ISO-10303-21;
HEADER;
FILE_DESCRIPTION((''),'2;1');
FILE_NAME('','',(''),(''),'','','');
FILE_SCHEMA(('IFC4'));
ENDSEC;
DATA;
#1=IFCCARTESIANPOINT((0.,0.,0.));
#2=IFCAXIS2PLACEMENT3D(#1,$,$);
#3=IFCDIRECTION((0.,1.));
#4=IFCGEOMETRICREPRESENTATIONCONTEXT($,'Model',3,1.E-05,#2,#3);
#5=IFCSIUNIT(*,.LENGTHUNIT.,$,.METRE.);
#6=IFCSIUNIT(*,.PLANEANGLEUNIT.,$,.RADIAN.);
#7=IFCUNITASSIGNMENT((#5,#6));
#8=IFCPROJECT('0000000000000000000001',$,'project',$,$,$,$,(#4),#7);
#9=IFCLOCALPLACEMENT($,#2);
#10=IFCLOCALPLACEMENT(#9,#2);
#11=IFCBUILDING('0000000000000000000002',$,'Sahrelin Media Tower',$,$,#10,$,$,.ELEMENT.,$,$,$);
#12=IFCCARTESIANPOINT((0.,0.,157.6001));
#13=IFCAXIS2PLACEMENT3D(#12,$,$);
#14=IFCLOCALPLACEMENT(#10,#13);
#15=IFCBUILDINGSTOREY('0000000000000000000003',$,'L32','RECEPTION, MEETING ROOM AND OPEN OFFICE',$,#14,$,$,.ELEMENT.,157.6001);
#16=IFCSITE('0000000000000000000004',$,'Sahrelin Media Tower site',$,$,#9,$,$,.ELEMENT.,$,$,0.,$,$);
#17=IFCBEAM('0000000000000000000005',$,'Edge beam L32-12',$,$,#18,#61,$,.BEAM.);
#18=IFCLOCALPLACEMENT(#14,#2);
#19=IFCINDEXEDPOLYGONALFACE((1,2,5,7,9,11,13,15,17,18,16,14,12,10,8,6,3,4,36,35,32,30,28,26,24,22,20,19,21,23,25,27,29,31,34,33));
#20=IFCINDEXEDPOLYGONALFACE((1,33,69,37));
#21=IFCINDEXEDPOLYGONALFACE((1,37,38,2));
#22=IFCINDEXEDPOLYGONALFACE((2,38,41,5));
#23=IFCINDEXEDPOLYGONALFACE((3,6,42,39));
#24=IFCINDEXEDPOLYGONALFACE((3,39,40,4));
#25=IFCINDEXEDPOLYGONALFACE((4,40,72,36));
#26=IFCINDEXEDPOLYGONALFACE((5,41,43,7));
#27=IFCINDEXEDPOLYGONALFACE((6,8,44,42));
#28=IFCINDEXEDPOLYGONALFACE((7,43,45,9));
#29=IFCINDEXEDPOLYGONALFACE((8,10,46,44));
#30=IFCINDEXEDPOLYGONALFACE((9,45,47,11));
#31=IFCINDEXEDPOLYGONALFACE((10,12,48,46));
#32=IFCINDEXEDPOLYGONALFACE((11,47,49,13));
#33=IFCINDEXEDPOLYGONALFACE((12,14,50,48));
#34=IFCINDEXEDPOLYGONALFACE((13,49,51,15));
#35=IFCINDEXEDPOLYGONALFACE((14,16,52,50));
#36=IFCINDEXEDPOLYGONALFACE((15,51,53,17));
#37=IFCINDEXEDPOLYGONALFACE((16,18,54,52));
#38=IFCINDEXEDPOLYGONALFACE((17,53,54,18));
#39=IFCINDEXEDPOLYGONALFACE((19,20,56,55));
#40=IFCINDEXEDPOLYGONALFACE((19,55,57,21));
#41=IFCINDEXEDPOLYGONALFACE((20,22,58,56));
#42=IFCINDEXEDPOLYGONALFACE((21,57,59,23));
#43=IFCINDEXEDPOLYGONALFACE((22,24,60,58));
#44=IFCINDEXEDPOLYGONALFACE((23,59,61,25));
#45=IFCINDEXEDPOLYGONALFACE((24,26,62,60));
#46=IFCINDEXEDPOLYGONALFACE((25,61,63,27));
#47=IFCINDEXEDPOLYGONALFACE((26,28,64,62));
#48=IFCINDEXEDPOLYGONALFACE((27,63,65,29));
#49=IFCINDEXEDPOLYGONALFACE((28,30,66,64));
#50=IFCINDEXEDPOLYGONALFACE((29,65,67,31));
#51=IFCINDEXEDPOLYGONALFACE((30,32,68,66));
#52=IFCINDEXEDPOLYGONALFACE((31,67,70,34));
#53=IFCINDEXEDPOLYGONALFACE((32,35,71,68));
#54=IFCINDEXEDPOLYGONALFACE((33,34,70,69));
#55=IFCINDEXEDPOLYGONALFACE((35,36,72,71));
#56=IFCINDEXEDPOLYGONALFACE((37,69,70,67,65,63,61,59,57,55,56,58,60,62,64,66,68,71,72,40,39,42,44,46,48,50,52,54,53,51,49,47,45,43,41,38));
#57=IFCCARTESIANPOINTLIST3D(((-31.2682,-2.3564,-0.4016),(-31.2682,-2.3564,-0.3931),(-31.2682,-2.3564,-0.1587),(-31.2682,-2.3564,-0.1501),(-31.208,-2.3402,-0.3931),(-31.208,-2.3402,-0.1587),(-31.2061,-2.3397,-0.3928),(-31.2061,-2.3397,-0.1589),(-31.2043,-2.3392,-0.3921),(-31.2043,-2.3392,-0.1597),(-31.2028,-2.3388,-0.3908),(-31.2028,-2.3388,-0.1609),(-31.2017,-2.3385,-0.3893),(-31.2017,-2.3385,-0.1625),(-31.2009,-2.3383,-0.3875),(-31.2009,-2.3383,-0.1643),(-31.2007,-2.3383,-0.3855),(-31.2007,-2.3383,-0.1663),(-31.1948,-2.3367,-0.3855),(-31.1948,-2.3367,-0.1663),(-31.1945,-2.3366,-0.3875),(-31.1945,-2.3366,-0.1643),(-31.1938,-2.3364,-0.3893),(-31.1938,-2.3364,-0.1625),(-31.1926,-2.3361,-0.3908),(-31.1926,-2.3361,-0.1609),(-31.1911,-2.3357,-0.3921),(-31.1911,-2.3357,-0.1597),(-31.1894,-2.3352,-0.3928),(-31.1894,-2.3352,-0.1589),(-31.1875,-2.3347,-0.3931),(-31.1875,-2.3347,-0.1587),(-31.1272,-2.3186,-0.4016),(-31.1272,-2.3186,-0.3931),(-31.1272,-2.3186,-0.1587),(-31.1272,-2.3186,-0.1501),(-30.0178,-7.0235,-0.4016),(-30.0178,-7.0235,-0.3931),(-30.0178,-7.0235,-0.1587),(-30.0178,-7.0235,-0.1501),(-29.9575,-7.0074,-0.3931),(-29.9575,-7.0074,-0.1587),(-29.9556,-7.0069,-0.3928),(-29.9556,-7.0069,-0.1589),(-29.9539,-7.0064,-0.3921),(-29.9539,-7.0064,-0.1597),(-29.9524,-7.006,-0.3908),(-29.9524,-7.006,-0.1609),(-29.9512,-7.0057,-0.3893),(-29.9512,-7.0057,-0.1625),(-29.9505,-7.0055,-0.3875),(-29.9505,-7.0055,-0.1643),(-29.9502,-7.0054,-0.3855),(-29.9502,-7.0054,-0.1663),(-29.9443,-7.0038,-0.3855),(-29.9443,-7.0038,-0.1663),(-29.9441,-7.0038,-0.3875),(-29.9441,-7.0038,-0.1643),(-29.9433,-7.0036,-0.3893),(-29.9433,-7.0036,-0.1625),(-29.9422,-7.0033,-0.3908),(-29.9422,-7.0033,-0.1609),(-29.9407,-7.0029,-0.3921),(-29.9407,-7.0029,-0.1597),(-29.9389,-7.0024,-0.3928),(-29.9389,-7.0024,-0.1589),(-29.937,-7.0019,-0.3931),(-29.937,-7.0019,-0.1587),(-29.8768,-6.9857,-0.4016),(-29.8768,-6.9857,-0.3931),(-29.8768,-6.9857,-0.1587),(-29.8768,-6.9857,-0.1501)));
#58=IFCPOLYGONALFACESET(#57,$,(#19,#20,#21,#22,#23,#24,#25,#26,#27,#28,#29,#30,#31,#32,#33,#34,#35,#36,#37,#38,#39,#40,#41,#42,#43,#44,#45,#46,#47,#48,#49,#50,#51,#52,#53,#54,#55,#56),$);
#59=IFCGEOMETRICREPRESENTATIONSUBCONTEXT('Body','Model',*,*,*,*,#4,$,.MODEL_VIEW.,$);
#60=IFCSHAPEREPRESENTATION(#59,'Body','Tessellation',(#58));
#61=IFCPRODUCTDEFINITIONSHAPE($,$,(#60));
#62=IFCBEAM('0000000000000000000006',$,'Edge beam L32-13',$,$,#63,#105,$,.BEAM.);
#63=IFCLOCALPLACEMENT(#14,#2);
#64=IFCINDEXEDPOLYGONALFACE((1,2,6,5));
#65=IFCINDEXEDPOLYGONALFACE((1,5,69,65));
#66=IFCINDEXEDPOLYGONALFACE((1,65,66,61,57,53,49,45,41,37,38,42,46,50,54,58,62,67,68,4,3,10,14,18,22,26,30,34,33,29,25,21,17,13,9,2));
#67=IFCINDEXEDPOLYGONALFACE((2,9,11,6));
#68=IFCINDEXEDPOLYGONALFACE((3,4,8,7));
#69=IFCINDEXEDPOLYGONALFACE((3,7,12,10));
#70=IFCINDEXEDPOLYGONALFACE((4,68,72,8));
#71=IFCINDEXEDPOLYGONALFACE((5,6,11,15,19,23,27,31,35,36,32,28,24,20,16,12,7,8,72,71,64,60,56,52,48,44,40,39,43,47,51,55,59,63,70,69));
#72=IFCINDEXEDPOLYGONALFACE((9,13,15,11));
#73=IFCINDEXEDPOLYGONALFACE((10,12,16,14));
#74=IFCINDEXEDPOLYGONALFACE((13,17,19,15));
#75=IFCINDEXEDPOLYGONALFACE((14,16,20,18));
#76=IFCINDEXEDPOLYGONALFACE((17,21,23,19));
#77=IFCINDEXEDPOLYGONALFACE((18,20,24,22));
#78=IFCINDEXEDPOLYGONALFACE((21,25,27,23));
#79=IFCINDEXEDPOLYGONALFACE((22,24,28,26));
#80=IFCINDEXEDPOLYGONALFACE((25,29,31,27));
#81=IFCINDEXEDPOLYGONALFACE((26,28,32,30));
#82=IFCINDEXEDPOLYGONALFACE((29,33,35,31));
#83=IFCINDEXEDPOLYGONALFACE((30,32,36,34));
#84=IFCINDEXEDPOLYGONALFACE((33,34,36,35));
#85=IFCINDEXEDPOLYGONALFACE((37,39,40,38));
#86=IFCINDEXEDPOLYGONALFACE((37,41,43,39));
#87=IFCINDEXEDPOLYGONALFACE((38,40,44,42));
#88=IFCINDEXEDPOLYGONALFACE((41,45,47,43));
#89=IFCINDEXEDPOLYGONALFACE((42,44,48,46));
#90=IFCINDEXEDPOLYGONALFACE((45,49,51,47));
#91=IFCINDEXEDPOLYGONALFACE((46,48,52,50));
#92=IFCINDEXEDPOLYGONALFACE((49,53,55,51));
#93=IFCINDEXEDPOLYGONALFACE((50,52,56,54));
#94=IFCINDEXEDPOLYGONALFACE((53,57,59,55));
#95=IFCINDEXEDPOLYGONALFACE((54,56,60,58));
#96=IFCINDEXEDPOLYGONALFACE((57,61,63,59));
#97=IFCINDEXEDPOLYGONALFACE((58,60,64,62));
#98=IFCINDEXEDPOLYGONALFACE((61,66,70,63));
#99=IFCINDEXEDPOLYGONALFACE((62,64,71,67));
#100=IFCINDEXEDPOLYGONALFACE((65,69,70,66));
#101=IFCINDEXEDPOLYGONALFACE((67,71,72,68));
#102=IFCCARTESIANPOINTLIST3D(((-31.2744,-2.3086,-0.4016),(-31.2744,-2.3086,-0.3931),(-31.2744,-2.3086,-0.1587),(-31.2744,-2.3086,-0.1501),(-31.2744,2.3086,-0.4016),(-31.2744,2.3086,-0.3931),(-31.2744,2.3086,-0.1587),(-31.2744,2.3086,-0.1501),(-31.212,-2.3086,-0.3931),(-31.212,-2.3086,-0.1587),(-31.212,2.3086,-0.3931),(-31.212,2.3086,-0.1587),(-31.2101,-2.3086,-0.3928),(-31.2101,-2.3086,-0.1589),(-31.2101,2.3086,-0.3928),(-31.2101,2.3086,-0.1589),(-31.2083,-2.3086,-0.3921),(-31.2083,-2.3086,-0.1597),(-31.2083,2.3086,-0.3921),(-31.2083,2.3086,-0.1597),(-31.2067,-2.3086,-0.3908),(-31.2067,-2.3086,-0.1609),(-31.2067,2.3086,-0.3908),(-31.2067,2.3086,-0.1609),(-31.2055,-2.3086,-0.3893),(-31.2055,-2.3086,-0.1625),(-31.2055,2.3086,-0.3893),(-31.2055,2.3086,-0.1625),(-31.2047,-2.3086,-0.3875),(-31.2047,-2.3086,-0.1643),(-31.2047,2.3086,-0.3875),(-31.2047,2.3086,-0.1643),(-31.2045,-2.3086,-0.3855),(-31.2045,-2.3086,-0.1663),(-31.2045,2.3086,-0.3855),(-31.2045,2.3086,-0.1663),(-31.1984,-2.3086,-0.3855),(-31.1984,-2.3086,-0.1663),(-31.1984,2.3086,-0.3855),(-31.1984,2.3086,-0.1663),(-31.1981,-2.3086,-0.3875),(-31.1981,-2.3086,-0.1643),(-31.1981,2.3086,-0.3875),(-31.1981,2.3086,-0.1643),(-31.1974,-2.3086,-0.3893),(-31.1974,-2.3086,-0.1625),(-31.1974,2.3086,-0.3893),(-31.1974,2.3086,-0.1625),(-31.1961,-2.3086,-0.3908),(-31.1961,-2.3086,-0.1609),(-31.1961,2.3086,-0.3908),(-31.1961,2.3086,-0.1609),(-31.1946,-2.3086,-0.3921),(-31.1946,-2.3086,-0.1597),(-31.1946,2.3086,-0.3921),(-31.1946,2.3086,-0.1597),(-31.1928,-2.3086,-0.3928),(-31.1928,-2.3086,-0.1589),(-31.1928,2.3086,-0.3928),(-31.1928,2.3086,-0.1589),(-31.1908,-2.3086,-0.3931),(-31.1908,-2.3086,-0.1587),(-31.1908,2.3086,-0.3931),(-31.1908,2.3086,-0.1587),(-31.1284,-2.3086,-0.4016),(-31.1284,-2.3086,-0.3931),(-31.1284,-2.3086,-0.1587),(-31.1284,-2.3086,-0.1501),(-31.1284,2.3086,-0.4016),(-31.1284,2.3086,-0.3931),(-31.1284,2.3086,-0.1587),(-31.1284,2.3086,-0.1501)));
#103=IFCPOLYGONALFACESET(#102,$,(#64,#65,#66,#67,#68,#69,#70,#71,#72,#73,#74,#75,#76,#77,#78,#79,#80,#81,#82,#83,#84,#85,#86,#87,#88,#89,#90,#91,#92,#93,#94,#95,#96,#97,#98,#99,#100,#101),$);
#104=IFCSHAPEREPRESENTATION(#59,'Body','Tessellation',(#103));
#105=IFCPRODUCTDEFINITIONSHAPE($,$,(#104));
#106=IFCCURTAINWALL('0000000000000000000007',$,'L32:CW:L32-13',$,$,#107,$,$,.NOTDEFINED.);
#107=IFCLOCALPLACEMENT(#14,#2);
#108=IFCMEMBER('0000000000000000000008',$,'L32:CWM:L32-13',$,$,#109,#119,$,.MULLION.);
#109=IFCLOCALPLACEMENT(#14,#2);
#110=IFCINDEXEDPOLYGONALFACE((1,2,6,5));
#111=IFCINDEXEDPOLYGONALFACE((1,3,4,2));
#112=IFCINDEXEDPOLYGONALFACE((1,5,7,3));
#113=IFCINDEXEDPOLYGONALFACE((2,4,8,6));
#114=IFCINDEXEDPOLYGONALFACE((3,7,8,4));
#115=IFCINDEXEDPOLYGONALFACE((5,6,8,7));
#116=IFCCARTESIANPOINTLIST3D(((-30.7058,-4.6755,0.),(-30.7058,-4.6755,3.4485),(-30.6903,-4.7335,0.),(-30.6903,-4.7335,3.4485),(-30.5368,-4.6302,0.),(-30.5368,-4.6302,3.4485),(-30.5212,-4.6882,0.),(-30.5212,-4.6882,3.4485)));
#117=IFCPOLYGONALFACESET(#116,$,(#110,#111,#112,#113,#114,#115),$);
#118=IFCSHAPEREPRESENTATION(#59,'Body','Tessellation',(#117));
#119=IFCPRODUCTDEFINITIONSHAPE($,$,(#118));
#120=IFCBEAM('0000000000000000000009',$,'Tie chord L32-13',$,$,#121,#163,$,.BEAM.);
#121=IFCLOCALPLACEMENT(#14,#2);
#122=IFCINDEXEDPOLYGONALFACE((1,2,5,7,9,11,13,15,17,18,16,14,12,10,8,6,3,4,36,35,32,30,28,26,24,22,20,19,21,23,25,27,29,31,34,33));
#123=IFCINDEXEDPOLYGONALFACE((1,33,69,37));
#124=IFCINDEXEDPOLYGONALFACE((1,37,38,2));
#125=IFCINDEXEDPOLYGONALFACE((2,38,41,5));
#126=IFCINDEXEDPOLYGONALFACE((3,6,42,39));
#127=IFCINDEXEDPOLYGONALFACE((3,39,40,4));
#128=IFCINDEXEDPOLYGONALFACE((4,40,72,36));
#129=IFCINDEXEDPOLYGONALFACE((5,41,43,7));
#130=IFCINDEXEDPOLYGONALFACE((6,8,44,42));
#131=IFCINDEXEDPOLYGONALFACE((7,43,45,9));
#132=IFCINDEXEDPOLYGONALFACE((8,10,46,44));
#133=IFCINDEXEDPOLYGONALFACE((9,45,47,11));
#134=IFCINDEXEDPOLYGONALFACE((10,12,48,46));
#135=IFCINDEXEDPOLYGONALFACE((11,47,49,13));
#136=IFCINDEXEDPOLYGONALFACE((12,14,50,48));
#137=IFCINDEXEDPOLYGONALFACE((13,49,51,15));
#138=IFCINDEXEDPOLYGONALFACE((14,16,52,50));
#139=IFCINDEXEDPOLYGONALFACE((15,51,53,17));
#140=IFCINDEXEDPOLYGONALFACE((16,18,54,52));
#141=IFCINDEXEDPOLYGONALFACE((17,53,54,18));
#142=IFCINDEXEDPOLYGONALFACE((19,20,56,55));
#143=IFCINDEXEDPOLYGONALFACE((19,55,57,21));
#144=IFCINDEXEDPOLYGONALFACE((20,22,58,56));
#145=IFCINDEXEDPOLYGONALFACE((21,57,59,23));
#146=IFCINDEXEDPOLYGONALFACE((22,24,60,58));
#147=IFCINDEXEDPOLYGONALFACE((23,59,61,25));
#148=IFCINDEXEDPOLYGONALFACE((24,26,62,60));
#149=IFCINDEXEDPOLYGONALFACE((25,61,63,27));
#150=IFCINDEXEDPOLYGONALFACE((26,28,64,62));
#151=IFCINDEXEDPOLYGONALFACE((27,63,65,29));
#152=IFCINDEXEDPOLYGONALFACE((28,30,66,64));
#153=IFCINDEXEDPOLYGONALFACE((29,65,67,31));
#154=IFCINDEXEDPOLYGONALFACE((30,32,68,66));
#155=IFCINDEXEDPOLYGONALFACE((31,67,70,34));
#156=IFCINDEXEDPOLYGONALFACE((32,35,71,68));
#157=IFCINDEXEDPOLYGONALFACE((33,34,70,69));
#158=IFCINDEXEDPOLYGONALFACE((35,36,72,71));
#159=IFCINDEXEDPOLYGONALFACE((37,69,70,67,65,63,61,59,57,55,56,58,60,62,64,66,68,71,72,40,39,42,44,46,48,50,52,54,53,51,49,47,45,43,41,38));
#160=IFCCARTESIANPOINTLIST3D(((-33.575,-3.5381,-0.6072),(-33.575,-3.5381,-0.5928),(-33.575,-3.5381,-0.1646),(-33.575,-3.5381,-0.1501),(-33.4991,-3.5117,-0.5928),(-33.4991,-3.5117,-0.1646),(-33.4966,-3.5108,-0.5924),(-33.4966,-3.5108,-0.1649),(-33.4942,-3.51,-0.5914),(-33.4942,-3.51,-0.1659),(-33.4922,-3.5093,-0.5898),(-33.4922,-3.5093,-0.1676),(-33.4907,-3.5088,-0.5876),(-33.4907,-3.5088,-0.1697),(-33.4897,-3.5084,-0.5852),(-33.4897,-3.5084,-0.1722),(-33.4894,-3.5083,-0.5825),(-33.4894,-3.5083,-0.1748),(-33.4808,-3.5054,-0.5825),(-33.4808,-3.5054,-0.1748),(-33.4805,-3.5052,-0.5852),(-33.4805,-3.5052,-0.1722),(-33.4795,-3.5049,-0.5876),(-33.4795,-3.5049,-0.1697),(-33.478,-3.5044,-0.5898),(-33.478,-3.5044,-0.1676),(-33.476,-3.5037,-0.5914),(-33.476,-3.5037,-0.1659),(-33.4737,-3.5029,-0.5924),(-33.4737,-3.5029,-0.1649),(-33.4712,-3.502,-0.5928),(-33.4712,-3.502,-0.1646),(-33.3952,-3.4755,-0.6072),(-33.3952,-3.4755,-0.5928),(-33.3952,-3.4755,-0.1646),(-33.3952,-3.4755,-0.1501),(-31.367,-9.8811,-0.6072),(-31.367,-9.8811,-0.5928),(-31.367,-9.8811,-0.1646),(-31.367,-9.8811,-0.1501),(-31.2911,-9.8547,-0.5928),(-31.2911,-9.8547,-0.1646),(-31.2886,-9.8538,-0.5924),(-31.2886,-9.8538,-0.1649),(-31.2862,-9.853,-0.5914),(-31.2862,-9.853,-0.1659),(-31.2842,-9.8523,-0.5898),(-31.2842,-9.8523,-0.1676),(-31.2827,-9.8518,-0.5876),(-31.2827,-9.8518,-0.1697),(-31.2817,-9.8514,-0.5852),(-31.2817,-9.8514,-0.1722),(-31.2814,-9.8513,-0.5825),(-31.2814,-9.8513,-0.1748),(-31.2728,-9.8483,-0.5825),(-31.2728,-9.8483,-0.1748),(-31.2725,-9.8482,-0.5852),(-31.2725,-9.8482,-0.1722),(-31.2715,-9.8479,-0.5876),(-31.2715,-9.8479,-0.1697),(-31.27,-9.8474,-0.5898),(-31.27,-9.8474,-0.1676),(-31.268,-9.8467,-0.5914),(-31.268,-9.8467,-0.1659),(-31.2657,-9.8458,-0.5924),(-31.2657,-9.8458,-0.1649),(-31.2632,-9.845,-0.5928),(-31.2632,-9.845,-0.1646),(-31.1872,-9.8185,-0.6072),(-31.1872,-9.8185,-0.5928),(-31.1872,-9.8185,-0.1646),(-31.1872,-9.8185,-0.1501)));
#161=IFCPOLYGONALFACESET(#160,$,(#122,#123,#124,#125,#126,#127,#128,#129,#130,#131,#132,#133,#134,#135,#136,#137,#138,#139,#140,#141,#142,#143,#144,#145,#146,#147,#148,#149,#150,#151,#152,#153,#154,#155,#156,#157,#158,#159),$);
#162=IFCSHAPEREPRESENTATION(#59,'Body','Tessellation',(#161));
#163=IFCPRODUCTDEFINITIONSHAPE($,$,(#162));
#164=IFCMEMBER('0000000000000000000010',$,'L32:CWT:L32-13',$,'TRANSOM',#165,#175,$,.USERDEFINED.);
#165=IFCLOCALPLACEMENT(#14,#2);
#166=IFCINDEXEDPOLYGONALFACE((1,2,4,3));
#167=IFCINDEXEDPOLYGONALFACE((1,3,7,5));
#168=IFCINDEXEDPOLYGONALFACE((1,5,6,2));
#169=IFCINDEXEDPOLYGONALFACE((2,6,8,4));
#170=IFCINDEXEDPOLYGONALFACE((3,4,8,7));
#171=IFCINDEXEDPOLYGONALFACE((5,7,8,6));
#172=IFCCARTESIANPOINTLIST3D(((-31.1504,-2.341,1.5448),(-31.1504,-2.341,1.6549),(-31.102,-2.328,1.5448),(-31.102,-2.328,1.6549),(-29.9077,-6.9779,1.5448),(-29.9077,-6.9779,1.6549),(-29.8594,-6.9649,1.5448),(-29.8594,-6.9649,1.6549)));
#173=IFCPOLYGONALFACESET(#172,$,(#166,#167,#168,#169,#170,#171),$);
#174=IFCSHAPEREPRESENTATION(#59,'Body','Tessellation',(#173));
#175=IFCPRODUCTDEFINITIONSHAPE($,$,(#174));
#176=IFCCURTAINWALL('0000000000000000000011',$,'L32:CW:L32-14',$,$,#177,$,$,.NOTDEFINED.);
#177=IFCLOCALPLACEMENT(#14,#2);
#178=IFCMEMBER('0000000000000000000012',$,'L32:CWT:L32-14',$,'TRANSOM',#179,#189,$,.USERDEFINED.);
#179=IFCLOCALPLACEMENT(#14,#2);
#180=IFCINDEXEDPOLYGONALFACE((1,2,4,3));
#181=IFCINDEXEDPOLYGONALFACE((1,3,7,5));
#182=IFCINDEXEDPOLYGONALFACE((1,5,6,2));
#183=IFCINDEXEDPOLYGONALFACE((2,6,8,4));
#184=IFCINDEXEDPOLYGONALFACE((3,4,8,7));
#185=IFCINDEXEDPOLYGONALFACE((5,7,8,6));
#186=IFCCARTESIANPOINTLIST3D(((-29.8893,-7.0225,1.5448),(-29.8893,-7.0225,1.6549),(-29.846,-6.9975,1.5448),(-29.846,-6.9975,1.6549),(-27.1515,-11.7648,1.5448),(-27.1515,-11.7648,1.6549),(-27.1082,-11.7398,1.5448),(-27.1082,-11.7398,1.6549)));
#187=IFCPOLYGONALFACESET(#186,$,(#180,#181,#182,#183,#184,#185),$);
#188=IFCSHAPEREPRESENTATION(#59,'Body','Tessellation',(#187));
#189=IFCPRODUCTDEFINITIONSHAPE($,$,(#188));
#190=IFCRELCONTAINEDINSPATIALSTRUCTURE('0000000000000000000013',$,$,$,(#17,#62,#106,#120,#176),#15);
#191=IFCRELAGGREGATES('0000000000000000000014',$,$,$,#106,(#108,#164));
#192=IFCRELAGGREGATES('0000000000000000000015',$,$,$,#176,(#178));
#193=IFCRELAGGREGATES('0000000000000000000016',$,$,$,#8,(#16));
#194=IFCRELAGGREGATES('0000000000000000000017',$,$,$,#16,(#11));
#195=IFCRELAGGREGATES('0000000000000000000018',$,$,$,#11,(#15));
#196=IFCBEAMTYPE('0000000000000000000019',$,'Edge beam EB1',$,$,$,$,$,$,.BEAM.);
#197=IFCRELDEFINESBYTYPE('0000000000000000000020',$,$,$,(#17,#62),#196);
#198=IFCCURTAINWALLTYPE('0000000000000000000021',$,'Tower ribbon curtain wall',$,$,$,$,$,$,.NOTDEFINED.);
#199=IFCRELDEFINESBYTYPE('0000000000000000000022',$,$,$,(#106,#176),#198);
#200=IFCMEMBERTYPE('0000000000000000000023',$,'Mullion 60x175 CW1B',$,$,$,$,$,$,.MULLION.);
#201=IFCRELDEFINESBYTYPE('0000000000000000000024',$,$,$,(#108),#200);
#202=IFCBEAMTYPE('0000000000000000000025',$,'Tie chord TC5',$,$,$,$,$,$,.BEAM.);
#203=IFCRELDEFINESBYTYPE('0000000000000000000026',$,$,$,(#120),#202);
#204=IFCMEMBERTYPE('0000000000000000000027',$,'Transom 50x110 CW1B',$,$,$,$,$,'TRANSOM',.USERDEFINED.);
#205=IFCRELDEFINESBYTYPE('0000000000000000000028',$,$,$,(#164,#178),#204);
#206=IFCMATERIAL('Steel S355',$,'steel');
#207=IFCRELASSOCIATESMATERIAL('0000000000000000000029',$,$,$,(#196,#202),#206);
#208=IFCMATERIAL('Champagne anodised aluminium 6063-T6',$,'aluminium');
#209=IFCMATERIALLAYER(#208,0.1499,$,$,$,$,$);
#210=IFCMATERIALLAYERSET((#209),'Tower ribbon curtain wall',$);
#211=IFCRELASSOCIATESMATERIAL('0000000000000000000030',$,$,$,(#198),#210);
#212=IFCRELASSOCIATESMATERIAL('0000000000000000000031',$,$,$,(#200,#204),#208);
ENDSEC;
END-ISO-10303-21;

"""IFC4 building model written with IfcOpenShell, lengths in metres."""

from ifc_helpers import new_model, si_unit, direction, frame, origin, origin_2d, place, context, subcontext, project, spatial, rectangle, i_section, extrude, material, layer, layer_set, material_profile, profile_set, type_object, element, aggregate, save


model = new_model("IFC4")

# Units and contexts
model_context = context("Model", 3, precision=1e-05, world=origin(), true_north=direction((0.0, 1.0)))
body_context = subcontext(model_context, "Body", "Model", "MODEL_VIEW")
ifc_project = project(units=[si_unit("LENGTHUNIT", "METRE"), si_unit("PLANEANGLEUNIT", "RADIAN")], contexts=[model_context])

# Site, building, storey
site_placement = place(None, origin())
site = spatial("IfcSite", under=ifc_project, at=site_placement, Name="Sahrelin Media Tower site", CompositionType="ELEMENT", RefElevation=0.0)
building_placement = place(site_placement, origin())
building = spatial("IfcBuilding", under=site, at=building_placement, Name="Sahrelin Media Tower", CompositionType="ELEMENT")
storey_placement = place(building_placement, frame((0.0, 0.0, 157.6001)))
storey = spatial("IfcBuildingStorey", under=building, at=storey_placement, Name="L32", Description="RECEPTION, MEETING ROOM AND OPEN OFFICE", CompositionType="ELEMENT", Elevation=157.6001)

# Beams
ifc_material_1 = material(Name="Steel S355", Category="steel")
ifc_material_profile_1 = material_profile(ifc_material_1, i_section(OverallWidth=0.146, OverallDepth=0.2515, WebThickness=0.0061, FlangeThickness=0.0085, FilletRadius=0.0076, at=origin_2d()), Name="UB 254x146x31")
ifc_profile_set_1 = profile_set([ifc_material_profile_1], Name="Steel S355")
beam_type_1 = type_object("IfcBeamType", Name="Edge beam EB1", PredefinedType="BEAM", material=ifc_profile_set_1)
beam_1_placement = place(storey_placement, frame((-29.9473, -7.0046, -0.2759), z_axis=(-0.258801, 0.965931, 0.0), x_axis=(-0.965931, -0.258801, 0.0)))
element("IfcBeam", 1, at=beam_1_placement, inside=storey, type_object=beam_type_1, Name="Edge beam L32-12", PredefinedType="BEAM", context=body_context, shape_type="SweptSolid", body=[
    extrude(i_section(OverallWidth=0.146, OverallDepth=0.2515, WebThickness=0.0061, FlangeThickness=0.0085, FilletRadius=0.0076, at=origin_2d()), origin(), (0.0, 0.0, 1.0), 4.8318),
])
beam_2_placement = place(storey_placement, frame((-31.2014, -2.3086, -0.2759), z_axis=(0.0, 1.0, 0.0), x_axis=(-1.0, 0.0, 0.0)))
element("IfcBeam", 2, at=beam_2_placement, inside=storey, type_object=beam_type_1, Name="Edge beam L32-13", PredefinedType="BEAM", context=body_context, shape_type="SweptSolid", body=[
    extrude(i_section(OverallWidth=0.146, OverallDepth=0.2515, WebThickness=0.0061, FlangeThickness=0.0085, FilletRadius=0.0076, at=origin_2d()), origin(), (0.0, 0.0, 1.0), 4.6172),
])

# Curtain wall, member
ifc_material_2 = material(Name="Champagne anodised aluminium 6063-T6", Category="aluminium")
ifc_layer_1 = layer(ifc_material_2, 0.1499)
ifc_layer_set_1 = layer_set([ifc_layer_1], Name="Tower ribbon curtain wall")
curtain_wall_type = type_object("IfcCurtainWallType", Name="Tower ribbon curtain wall", PredefinedType="NOTDEFINED", material=ifc_layer_set_1)
curtain_wall_1_placement = place(storey_placement, frame((-30.7173, -4.7097, 0.0), z_axis=(0.0, 0.0, 1.0), x_axis=(1.0, 0.0, 0.0)))
curtain_wall_1 = element("IfcCurtainWall", 3, at=curtain_wall_1_placement, inside=storey, type_object=curtain_wall_type, Name="L32:CW:L32-13", PredefinedType="NOTDEFINED")
ifc_material_profile_2 = material_profile(ifc_material_2, rectangle(XDim=0.0601, YDim=0.175, at=origin_2d()), Name="Mullion 60x175")
ifc_profile_set_2 = profile_set([ifc_material_profile_2], Name="Champagne anodised aluminium 6063-T6")
member_type_1 = type_object("IfcMemberType", Name="Mullion 60x175 CW1B", PredefinedType="MULLION", material=ifc_profile_set_2)
member_1_placement = place(storey_placement, frame((-30.6135, -4.6819, 0.0), z_axis=(0.0, 0.0, 1.0), x_axis=(0.258807, -0.965929, 0.0)))
member_1 = element("IfcMember", 4, at=member_1_placement, type_object=member_type_1, Name="L32:CWM:L32-13", PredefinedType="MULLION", context=body_context, shape_type="SweptSolid", body=[
    extrude(rectangle(XDim=0.0601, YDim=0.175, at=origin_2d()), origin(), (0.0, 0.0, 1.0), 3.4485),
])

# Beam
ifc_material_profile_3 = material_profile(ifc_material_1, i_section(OverallWidth=0.1904, OverallDepth=0.457, WebThickness=0.009, FlangeThickness=0.0144, FilletRadius=0.0103, at=origin_2d()), Name="UB 457x191x74")
ifc_profile_set_3 = profile_set([ifc_material_profile_3], Name="Steel S355")
beam_type_2 = type_object("IfcBeamType", Name="Tie chord TC5", PredefinedType="BEAM", material=ifc_profile_set_3)
beam_3_placement = place(storey_placement, frame((-33.4851, -3.5068, -0.3787), z_axis=(0.328752, -0.944416, 0.0), x_axis=(0.944416, 0.328752, 0.0)))
element("IfcBeam", 5, at=beam_3_placement, inside=storey, type_object=beam_type_2, Name="Tie chord L32-13", PredefinedType="BEAM", context=body_context, shape_type="SweptSolid", body=[
    extrude(i_section(OverallWidth=0.1904, OverallDepth=0.457, WebThickness=0.009, FlangeThickness=0.0144, FilletRadius=0.0103, at=origin_2d()), origin(), (0.0, 0.0, 1.0), 6.7163),
])

# Member
ifc_material_profile_4 = material_profile(ifc_material_2, rectangle(XDim=0.05, YDim=0.1101, at=origin_2d()), Name="Transom 50x110")
ifc_profile_set_4 = profile_set([ifc_material_profile_4], Name="Champagne anodised aluminium 6063-T6")
member_type_2 = type_object("IfcMemberType", Name="Transom 50x110 CW1B", ElementType="TRANSOM", PredefinedType="USERDEFINED", material=ifc_profile_set_4)
member_2_placement = place(storey_placement, frame((-31.1262, -2.3345, 1.5999), z_axis=(0.258859, -0.965915, 0.0), x_axis=(0.965915, 0.258859, 0.0)))
member_2 = element("IfcMember", 6, at=member_2_placement, type_object=member_type_2, Name="L32:CWT:L32-13", ObjectType="TRANSOM", PredefinedType="USERDEFINED", context=body_context, shape_type="SweptSolid", body=[
    extrude(rectangle(XDim=0.05, YDim=0.1101, at=origin_2d()), origin(), (0.0, 0.0, 1.0), 4.8005),
])

# Curtain wall, member
curtain_wall_2_placement = place(storey_placement, frame((-28.6892, -9.491, 0.0), z_axis=(0.0, 0.0, 1.0), x_axis=(1.0, 0.0, 0.0)))
curtain_wall_2 = element("IfcCurtainWall", 7, at=curtain_wall_2_placement, inside=storey, type_object=curtain_wall_type, Name="L32:CW:L32-14", PredefinedType="NOTDEFINED")
member_3_placement = place(storey_placement, frame((-29.8677, -7.01, 1.5999), z_axis=(0.499985, -0.866034, 0.0), x_axis=(0.866034, 0.499985, 0.0)))
member_3 = element("IfcMember", 8, at=member_3_placement, type_object=member_type_2, Name="L32:CWT:L32-14", ObjectType="TRANSOM", PredefinedType="USERDEFINED", context=body_context, shape_type="SweptSolid", body=[
    extrude(rectangle(XDim=0.05, YDim=0.1101, at=origin_2d()), origin(), (0.0, 0.0, 1.0), 5.4758),
])

aggregate(curtain_wall_1, [member_1, member_2])
aggregate(curtain_wall_2, [member_3])

save(model, "model.ifc")
